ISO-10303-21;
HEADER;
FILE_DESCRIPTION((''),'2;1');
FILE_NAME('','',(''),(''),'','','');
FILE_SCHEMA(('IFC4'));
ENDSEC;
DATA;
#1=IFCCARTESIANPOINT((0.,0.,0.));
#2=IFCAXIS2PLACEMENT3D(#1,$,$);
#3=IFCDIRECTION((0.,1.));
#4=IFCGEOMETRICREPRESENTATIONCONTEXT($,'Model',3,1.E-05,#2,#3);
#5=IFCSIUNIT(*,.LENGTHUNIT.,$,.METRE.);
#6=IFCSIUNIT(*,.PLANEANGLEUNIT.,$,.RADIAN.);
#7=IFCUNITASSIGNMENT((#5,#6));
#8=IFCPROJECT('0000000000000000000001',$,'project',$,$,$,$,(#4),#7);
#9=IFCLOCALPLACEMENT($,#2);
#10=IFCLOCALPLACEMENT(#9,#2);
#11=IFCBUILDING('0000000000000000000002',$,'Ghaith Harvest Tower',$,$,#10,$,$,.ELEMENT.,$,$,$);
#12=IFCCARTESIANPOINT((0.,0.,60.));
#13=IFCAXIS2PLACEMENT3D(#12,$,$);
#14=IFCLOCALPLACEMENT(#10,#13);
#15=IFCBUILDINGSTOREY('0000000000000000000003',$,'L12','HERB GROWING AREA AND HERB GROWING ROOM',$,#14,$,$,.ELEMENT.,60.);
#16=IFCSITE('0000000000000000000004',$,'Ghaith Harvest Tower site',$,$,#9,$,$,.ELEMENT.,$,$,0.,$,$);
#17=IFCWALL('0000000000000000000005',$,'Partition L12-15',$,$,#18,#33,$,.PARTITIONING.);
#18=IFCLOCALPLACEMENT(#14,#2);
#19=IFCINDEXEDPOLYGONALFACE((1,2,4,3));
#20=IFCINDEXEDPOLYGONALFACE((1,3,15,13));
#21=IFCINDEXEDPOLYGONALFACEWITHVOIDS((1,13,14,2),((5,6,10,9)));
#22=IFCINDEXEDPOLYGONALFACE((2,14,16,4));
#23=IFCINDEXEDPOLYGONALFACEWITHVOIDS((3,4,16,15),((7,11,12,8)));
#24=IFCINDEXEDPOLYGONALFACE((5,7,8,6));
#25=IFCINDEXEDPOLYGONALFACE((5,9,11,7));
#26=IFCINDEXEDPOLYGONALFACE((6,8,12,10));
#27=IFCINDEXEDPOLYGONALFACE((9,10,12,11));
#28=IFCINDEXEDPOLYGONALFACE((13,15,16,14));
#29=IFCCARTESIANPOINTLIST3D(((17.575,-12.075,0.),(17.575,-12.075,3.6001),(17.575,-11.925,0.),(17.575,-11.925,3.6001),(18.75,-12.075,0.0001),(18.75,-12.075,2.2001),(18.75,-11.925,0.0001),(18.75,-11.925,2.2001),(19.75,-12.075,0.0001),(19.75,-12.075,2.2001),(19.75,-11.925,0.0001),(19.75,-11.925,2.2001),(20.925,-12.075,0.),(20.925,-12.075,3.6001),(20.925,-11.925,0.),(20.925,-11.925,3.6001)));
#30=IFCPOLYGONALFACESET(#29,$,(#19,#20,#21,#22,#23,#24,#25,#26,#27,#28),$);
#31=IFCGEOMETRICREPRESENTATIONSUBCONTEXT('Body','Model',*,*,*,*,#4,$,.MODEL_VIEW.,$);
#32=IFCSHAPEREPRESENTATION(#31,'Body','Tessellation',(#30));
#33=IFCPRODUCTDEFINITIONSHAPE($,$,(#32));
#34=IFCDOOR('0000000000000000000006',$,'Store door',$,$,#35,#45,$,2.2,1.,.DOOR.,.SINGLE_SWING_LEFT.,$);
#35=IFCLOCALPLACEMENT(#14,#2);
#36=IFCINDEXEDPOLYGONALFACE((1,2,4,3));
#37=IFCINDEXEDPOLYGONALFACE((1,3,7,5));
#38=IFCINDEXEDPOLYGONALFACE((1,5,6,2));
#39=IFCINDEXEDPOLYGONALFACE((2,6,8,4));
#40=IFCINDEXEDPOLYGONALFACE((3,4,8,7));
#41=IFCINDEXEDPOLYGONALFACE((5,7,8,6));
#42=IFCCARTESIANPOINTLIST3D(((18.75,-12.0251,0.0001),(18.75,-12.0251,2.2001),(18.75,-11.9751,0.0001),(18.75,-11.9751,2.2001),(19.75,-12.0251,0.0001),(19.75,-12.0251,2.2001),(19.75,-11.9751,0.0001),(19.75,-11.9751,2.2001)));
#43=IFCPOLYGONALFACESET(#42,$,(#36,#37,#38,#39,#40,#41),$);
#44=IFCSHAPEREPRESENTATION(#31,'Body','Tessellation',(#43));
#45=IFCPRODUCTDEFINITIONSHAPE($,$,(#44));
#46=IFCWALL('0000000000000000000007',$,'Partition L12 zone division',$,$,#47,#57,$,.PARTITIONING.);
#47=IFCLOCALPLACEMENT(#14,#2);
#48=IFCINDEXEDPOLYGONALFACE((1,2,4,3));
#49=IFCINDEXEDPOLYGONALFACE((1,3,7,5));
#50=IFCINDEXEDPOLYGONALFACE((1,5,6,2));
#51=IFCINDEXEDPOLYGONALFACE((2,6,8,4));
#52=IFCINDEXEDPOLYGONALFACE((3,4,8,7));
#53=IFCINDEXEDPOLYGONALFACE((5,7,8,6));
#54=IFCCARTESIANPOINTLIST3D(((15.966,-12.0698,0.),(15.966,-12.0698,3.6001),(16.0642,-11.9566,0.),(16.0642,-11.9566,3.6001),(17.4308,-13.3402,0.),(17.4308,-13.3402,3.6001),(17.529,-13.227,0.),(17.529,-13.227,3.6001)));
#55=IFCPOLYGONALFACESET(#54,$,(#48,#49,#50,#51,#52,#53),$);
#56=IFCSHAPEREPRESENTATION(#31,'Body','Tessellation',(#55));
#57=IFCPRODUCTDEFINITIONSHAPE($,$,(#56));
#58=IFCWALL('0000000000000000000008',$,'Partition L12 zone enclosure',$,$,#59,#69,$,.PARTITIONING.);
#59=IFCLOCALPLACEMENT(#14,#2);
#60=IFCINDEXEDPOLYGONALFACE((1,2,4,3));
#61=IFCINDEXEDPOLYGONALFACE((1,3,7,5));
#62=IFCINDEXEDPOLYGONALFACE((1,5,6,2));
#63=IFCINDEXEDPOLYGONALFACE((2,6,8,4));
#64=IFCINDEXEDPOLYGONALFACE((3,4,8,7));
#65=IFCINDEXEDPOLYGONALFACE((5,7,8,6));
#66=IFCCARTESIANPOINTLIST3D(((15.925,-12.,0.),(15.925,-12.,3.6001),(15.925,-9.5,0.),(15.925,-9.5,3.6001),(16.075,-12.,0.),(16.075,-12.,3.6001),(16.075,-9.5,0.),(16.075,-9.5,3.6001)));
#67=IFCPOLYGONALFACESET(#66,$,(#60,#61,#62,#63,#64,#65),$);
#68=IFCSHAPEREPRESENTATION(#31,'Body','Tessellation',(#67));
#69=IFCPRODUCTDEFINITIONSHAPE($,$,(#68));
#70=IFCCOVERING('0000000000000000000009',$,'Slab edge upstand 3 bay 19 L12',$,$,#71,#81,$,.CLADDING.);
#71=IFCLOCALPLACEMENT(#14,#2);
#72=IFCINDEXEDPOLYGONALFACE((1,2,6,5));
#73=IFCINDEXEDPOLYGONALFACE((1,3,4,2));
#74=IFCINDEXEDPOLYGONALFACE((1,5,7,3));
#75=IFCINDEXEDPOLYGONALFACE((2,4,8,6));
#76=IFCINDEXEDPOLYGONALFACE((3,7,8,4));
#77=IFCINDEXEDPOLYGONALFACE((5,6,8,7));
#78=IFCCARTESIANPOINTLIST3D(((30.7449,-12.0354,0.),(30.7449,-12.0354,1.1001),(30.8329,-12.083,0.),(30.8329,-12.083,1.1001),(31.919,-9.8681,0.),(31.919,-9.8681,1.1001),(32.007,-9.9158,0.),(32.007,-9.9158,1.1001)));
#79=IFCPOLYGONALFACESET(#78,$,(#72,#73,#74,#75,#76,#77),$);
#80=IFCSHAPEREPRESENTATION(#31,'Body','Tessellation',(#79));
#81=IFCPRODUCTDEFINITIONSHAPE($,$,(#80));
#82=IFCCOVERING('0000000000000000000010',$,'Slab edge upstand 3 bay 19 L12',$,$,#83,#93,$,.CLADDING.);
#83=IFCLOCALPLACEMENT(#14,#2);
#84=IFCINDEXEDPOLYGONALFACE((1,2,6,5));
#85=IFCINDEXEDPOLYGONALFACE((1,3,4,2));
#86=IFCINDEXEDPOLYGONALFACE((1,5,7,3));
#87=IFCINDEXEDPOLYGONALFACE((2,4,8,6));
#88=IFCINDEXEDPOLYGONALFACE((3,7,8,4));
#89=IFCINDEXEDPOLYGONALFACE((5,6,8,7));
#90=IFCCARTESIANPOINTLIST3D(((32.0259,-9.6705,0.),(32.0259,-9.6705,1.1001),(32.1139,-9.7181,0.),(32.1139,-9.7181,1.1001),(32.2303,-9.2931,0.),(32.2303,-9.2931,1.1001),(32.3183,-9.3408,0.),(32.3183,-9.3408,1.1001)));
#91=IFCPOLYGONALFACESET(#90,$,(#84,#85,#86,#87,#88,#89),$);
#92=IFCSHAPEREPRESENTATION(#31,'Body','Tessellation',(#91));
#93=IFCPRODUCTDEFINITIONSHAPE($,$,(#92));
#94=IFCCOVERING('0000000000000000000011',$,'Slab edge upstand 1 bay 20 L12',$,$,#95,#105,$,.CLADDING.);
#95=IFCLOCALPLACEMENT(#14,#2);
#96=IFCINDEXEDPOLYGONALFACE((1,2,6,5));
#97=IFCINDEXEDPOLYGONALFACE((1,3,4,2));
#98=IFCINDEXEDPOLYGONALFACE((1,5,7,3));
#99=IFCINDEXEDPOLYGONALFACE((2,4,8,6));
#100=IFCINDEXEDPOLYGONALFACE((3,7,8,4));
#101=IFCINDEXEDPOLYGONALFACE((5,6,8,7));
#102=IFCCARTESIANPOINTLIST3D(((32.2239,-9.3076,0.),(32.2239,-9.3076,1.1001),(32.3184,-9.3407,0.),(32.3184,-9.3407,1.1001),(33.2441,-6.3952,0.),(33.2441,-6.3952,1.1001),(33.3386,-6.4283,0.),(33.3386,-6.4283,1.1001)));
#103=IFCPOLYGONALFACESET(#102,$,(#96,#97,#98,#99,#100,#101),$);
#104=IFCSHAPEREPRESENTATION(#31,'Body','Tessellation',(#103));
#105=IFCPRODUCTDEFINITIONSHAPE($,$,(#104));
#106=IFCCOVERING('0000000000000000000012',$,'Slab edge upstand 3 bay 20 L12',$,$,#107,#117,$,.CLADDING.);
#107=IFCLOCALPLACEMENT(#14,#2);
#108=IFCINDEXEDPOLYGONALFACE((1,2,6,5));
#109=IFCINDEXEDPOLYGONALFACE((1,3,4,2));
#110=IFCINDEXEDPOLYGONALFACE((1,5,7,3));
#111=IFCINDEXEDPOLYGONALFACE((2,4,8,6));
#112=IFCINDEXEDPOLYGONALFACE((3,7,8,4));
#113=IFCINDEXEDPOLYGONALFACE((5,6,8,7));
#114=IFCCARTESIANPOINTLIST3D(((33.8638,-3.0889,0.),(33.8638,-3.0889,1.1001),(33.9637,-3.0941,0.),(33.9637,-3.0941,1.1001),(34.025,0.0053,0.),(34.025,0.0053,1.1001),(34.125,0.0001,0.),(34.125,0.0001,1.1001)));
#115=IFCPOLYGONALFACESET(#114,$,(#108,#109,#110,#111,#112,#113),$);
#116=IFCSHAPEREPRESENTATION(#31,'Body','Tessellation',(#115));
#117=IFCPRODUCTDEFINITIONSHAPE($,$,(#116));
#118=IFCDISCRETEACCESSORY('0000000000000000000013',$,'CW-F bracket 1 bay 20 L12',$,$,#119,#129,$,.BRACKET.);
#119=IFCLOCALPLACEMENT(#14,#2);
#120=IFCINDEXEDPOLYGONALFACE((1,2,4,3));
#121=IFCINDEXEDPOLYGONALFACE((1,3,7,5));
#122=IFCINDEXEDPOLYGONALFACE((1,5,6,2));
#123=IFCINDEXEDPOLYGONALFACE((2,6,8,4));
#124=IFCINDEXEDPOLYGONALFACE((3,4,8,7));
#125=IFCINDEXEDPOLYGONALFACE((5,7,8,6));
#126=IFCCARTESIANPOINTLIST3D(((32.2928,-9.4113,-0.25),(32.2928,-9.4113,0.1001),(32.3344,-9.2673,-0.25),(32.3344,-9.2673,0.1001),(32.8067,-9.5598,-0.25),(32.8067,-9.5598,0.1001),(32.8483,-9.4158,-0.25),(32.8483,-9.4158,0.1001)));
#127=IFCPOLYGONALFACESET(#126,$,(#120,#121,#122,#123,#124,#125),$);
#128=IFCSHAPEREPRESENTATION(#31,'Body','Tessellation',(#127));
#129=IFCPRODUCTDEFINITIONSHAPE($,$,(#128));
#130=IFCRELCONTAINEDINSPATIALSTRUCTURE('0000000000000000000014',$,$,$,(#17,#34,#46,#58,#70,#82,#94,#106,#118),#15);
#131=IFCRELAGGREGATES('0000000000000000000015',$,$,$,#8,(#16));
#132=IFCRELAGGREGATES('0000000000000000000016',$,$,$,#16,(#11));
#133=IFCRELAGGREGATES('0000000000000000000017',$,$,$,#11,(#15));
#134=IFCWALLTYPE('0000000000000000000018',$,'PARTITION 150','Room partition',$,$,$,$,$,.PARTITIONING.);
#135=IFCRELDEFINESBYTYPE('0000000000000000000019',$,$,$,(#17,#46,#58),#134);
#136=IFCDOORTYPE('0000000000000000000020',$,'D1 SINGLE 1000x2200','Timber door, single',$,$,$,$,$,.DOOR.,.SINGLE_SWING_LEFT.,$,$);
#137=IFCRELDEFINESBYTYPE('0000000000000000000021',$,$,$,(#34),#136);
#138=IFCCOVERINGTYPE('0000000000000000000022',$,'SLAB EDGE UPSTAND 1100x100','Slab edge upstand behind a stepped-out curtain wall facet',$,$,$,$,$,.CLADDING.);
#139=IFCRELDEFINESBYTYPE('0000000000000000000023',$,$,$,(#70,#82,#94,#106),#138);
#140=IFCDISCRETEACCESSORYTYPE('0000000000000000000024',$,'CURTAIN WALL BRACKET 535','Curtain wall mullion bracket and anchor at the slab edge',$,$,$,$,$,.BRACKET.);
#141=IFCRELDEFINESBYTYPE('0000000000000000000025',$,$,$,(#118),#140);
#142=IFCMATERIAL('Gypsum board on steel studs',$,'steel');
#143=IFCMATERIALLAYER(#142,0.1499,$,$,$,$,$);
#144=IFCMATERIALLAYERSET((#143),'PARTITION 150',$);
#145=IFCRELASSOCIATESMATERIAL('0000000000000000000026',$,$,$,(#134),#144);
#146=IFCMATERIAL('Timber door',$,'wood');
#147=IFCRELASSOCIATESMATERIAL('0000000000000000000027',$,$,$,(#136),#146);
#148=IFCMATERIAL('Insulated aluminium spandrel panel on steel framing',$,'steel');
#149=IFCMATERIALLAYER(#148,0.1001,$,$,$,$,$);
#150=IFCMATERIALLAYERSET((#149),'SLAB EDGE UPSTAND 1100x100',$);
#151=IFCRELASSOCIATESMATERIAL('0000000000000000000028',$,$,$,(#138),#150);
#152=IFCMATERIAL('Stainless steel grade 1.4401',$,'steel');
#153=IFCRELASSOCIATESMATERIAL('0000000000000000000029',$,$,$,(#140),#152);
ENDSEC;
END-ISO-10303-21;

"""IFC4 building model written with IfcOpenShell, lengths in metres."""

from ifc_helpers import new_model, si_unit, direction, frame, frame_2d, origin, origin_2d, place, context, subcontext, project, spatial, rectangle, extrude, material, layer, layer_set, type_object, element, fill, save


model = new_model("IFC4")

# Units and contexts
model_context = context("Model", 3, precision=1e-05, world=origin(), true_north=direction((0.0, 1.0)))
body_context = subcontext(model_context, "Body", "Model", "MODEL_VIEW")
ifc_project = project(units=[si_unit("LENGTHUNIT", "METRE"), si_unit("PLANEANGLEUNIT", "RADIAN")], contexts=[model_context])

# Site, building, storey
site_placement = place(None, origin())
site = spatial("IfcSite", under=ifc_project, at=site_placement, Name="Ghaith Harvest Tower site", CompositionType="ELEMENT", RefElevation=0.0)
building_placement = place(site_placement, origin())
building = spatial("IfcBuilding", under=site, at=building_placement, Name="Ghaith Harvest Tower", CompositionType="ELEMENT")
storey_placement = place(building_placement, frame((0.0, 0.0, 60.0)))
storey = spatial("IfcBuildingStorey", under=building, at=storey_placement, Name="L12", Description="HERB GROWING AREA AND HERB GROWING ROOM", CompositionType="ELEMENT", Elevation=60.0)

# Shared definitions
ifc_material_1 = material(Name="Gypsum board on steel studs", Category="steel")
ifc_layer_1 = layer(ifc_material_1, 0.1499)
ifc_layer_set_1 = layer_set([ifc_layer_1], Name="PARTITION 150")
wall_type_1 = type_object("IfcWallType", Name="PARTITION 150", Description="Room partition", PredefinedType="PARTITIONING", material=ifc_layer_set_1)

# Wall, opening, door
wall_1_placement = place(storey_placement, frame((17.575, -12.0, 0.0), z_axis=(0.0, 0.0, 1.0), x_axis=(1.0, 0.0, 0.0)))
wall_1 = element("IfcWall", 1, at=wall_1_placement, inside=storey, type_object=wall_type_1, Name="Partition L12-15", PredefinedType="PARTITIONING", context=body_context, shape_type="SweptSolid", body=[
    extrude(rectangle(XDim=3.3501, YDim=0.1499, at=frame_2d((1.675, 0.0))), origin(), (0.0, 0.0, 1.0), 3.6001),
])
opening_1_placement = place(wall_1_placement, frame((1.175, 0.0, 0.0)))
opening_1 = element("IfcOpeningElement", 2, at=opening_1_placement, cuts=wall_1, PredefinedType="OPENING", context=body_context, shape_type="SweptSolid", body=[
    extrude(rectangle(XDim=1.0, YDim=2.2, at=frame_2d((0.5, 1.1001))), frame((0.0, 0.085, 0.0), z_axis=(0.0, -1.0, 0.0), x_axis=(1.0, 0.0, 0.0)), (0.0, 0.0, 1.0), 0.1699),
])
ifc_material_2 = material(Name="Timber door", Category="wood")
door_type_1 = type_object("IfcDoorType", Name="D1 SINGLE 1000x2200", Description="Timber door, single", OperationType="SINGLE_SWING_LEFT", PredefinedType="DOOR", material=ifc_material_2)
door_1_placement = place(opening_1_placement, origin())
door_1 = element("IfcDoor", 3, at=door_1_placement, inside=storey, type_object=door_type_1, Name="Store door", OperationType="SINGLE_SWING_LEFT", OverallHeight=2.2, OverallWidth=1.0, PredefinedType="DOOR", context=body_context, shape_type="SweptSolid", body=[
    extrude(rectangle(XDim=1.0, YDim=2.2, at=frame_2d((0.5, 1.1001))), frame((0.0, 0.0249, 0.0), z_axis=(0.0, -1.0, 0.0), x_axis=(1.0, 0.0, 0.0)), (0.0, 0.0, 1.0), 0.05),
])
fill(opening_1, door_1)

# Walls
wall_2_placement = place(storey_placement, frame((16.0151, -12.0132, 0.0), z_axis=(0.0, 0.0, 1.0), x_axis=(0.75544, -0.655218, 0.0)))
element("IfcWall", 4, at=wall_2_placement, inside=storey, type_object=wall_type_1, Name="Partition L12 zone division", PredefinedType="PARTITIONING", context=body_context, shape_type="SweptSolid", body=[
    extrude(rectangle(XDim=1.939, YDim=0.1499, at=frame_2d((0.9695, 0.0))), origin(), (0.0, 0.0, 1.0), 3.6001),
])
wall_3_placement = place(storey_placement, frame((16.0, -12.0, 0.0), z_axis=(0.0, 0.0, 1.0), x_axis=(0.0, 1.0, 0.0)))
element("IfcWall", 5, at=wall_3_placement, inside=storey, type_object=wall_type_1, Name="Partition L12 zone enclosure", PredefinedType="PARTITIONING", context=body_context, shape_type="SweptSolid", body=[
    extrude(rectangle(XDim=2.5, YDim=0.1499, at=frame_2d((1.25, 0.0))), origin(), (0.0, 0.0, 1.0), 3.6001),
])

# Coverings
ifc_material_3 = material(Name="Insulated aluminium spandrel panel on steel framing", Category="steel")
ifc_layer_2 = layer(ifc_material_3, 0.1001)
ifc_layer_set_2 = layer_set([ifc_layer_2], Name="SLAB EDGE UPSTAND 1100x100")
covering_type = type_object("IfcCoveringType", Name="SLAB EDGE UPSTAND 1100x100", Description="Slab edge upstand behind a stepped-out curtain wall facet", PredefinedType="CLADDING", material=ifc_layer_set_2)
covering_1_placement = place(storey_placement, frame((31.376, -10.9756, 0.0), z_axis=(0.0, 0.0, 1.0), x_axis=(0.476349, 0.879256, 0.0)))
element("IfcCovering", 6, at=covering_1_placement, inside=storey, type_object=covering_type, Name="Slab edge upstand 3 bay 19 L12", PredefinedType="CLADDING", context=body_context, shape_type="SweptSolid", body=[
    extrude(rectangle(XDim=2.4648, YDim=0.1001, at=origin_2d()), origin(), (0.0, 0.0, 1.0), 1.1001),
])
covering_2_placement = place(storey_placement, frame((32.1721, -9.5056, 0.0), z_axis=(0.0, 0.0, 1.0), x_axis=(0.476349, 0.879256, 0.0)))
element("IfcCovering", 7, at=covering_2_placement, inside=storey, type_object=covering_type, Name="Slab edge upstand 3 bay 19 L12", PredefinedType="CLADDING", context=body_context, shape_type="SweptSolid", body=[
    extrude(rectangle(XDim=0.4292, YDim=0.1001, at=origin_2d()), origin(), (0.0, 0.0, 1.0), 1.1001),
])
covering_3_placement = place(storey_placement, frame((32.7812, -7.8679, 0.0), z_axis=(0.0, 0.0, 1.0), x_axis=(0.330598, 0.943772, 0.0)))
element("IfcCovering", 8, at=covering_3_placement, inside=storey, type_object=covering_type, Name="Slab edge upstand 1 bay 20 L12", PredefinedType="CLADDING", context=body_context, shape_type="SweptSolid", body=[
    extrude(rectangle(XDim=3.0859, YDim=0.1001, at=origin_2d()), origin(), (0.0, 0.0, 1.0), 1.1001),
])
covering_4_placement = place(storey_placement, frame((33.9944, -1.5444, 0.0), z_axis=(0.0, 0.0, 1.0), x_axis=(0.052049, 0.998645, 0.0)))
element("IfcCovering", 9, at=covering_4_placement, inside=storey, type_object=covering_type, Name="Slab edge upstand 3 bay 20 L12", PredefinedType="CLADDING", context=body_context, shape_type="SweptSolid", body=[
    extrude(rectangle(XDim=3.0984, YDim=0.1001, at=origin_2d()), origin(), (0.0, 0.0, 1.0), 1.1001),
])

# Discrete accessory
ifc_material_4 = material(Name="Stainless steel grade 1.4401", Category="steel")
discrete_accessory_type = type_object("IfcDiscreteAccessoryType", Name="CURTAIN WALL BRACKET 535", Description="Curtain wall mullion bracket and anchor at the slab edge", PredefinedType="BRACKET", material=ifc_material_4)
discrete_accessory_placement = place(storey_placement, frame((32.5706, -9.4136, -0.25), z_axis=(0.0, 0.0, 1.0), x_axis=(0.96068, -0.277657, 0.0)))
element("IfcDiscreteAccessory", 10, at=discrete_accessory_placement, inside=storey, type_object=discrete_accessory_type, Name="CW-F bracket 1 bay 20 L12", PredefinedType="BRACKET", context=body_context, shape_type="SweptSolid", body=[
    extrude(rectangle(XDim=0.5349, YDim=0.1499, at=origin_2d()), origin(), (0.0, 0.0, 1.0), 0.3501),
])

save(model, "model.ifc")
